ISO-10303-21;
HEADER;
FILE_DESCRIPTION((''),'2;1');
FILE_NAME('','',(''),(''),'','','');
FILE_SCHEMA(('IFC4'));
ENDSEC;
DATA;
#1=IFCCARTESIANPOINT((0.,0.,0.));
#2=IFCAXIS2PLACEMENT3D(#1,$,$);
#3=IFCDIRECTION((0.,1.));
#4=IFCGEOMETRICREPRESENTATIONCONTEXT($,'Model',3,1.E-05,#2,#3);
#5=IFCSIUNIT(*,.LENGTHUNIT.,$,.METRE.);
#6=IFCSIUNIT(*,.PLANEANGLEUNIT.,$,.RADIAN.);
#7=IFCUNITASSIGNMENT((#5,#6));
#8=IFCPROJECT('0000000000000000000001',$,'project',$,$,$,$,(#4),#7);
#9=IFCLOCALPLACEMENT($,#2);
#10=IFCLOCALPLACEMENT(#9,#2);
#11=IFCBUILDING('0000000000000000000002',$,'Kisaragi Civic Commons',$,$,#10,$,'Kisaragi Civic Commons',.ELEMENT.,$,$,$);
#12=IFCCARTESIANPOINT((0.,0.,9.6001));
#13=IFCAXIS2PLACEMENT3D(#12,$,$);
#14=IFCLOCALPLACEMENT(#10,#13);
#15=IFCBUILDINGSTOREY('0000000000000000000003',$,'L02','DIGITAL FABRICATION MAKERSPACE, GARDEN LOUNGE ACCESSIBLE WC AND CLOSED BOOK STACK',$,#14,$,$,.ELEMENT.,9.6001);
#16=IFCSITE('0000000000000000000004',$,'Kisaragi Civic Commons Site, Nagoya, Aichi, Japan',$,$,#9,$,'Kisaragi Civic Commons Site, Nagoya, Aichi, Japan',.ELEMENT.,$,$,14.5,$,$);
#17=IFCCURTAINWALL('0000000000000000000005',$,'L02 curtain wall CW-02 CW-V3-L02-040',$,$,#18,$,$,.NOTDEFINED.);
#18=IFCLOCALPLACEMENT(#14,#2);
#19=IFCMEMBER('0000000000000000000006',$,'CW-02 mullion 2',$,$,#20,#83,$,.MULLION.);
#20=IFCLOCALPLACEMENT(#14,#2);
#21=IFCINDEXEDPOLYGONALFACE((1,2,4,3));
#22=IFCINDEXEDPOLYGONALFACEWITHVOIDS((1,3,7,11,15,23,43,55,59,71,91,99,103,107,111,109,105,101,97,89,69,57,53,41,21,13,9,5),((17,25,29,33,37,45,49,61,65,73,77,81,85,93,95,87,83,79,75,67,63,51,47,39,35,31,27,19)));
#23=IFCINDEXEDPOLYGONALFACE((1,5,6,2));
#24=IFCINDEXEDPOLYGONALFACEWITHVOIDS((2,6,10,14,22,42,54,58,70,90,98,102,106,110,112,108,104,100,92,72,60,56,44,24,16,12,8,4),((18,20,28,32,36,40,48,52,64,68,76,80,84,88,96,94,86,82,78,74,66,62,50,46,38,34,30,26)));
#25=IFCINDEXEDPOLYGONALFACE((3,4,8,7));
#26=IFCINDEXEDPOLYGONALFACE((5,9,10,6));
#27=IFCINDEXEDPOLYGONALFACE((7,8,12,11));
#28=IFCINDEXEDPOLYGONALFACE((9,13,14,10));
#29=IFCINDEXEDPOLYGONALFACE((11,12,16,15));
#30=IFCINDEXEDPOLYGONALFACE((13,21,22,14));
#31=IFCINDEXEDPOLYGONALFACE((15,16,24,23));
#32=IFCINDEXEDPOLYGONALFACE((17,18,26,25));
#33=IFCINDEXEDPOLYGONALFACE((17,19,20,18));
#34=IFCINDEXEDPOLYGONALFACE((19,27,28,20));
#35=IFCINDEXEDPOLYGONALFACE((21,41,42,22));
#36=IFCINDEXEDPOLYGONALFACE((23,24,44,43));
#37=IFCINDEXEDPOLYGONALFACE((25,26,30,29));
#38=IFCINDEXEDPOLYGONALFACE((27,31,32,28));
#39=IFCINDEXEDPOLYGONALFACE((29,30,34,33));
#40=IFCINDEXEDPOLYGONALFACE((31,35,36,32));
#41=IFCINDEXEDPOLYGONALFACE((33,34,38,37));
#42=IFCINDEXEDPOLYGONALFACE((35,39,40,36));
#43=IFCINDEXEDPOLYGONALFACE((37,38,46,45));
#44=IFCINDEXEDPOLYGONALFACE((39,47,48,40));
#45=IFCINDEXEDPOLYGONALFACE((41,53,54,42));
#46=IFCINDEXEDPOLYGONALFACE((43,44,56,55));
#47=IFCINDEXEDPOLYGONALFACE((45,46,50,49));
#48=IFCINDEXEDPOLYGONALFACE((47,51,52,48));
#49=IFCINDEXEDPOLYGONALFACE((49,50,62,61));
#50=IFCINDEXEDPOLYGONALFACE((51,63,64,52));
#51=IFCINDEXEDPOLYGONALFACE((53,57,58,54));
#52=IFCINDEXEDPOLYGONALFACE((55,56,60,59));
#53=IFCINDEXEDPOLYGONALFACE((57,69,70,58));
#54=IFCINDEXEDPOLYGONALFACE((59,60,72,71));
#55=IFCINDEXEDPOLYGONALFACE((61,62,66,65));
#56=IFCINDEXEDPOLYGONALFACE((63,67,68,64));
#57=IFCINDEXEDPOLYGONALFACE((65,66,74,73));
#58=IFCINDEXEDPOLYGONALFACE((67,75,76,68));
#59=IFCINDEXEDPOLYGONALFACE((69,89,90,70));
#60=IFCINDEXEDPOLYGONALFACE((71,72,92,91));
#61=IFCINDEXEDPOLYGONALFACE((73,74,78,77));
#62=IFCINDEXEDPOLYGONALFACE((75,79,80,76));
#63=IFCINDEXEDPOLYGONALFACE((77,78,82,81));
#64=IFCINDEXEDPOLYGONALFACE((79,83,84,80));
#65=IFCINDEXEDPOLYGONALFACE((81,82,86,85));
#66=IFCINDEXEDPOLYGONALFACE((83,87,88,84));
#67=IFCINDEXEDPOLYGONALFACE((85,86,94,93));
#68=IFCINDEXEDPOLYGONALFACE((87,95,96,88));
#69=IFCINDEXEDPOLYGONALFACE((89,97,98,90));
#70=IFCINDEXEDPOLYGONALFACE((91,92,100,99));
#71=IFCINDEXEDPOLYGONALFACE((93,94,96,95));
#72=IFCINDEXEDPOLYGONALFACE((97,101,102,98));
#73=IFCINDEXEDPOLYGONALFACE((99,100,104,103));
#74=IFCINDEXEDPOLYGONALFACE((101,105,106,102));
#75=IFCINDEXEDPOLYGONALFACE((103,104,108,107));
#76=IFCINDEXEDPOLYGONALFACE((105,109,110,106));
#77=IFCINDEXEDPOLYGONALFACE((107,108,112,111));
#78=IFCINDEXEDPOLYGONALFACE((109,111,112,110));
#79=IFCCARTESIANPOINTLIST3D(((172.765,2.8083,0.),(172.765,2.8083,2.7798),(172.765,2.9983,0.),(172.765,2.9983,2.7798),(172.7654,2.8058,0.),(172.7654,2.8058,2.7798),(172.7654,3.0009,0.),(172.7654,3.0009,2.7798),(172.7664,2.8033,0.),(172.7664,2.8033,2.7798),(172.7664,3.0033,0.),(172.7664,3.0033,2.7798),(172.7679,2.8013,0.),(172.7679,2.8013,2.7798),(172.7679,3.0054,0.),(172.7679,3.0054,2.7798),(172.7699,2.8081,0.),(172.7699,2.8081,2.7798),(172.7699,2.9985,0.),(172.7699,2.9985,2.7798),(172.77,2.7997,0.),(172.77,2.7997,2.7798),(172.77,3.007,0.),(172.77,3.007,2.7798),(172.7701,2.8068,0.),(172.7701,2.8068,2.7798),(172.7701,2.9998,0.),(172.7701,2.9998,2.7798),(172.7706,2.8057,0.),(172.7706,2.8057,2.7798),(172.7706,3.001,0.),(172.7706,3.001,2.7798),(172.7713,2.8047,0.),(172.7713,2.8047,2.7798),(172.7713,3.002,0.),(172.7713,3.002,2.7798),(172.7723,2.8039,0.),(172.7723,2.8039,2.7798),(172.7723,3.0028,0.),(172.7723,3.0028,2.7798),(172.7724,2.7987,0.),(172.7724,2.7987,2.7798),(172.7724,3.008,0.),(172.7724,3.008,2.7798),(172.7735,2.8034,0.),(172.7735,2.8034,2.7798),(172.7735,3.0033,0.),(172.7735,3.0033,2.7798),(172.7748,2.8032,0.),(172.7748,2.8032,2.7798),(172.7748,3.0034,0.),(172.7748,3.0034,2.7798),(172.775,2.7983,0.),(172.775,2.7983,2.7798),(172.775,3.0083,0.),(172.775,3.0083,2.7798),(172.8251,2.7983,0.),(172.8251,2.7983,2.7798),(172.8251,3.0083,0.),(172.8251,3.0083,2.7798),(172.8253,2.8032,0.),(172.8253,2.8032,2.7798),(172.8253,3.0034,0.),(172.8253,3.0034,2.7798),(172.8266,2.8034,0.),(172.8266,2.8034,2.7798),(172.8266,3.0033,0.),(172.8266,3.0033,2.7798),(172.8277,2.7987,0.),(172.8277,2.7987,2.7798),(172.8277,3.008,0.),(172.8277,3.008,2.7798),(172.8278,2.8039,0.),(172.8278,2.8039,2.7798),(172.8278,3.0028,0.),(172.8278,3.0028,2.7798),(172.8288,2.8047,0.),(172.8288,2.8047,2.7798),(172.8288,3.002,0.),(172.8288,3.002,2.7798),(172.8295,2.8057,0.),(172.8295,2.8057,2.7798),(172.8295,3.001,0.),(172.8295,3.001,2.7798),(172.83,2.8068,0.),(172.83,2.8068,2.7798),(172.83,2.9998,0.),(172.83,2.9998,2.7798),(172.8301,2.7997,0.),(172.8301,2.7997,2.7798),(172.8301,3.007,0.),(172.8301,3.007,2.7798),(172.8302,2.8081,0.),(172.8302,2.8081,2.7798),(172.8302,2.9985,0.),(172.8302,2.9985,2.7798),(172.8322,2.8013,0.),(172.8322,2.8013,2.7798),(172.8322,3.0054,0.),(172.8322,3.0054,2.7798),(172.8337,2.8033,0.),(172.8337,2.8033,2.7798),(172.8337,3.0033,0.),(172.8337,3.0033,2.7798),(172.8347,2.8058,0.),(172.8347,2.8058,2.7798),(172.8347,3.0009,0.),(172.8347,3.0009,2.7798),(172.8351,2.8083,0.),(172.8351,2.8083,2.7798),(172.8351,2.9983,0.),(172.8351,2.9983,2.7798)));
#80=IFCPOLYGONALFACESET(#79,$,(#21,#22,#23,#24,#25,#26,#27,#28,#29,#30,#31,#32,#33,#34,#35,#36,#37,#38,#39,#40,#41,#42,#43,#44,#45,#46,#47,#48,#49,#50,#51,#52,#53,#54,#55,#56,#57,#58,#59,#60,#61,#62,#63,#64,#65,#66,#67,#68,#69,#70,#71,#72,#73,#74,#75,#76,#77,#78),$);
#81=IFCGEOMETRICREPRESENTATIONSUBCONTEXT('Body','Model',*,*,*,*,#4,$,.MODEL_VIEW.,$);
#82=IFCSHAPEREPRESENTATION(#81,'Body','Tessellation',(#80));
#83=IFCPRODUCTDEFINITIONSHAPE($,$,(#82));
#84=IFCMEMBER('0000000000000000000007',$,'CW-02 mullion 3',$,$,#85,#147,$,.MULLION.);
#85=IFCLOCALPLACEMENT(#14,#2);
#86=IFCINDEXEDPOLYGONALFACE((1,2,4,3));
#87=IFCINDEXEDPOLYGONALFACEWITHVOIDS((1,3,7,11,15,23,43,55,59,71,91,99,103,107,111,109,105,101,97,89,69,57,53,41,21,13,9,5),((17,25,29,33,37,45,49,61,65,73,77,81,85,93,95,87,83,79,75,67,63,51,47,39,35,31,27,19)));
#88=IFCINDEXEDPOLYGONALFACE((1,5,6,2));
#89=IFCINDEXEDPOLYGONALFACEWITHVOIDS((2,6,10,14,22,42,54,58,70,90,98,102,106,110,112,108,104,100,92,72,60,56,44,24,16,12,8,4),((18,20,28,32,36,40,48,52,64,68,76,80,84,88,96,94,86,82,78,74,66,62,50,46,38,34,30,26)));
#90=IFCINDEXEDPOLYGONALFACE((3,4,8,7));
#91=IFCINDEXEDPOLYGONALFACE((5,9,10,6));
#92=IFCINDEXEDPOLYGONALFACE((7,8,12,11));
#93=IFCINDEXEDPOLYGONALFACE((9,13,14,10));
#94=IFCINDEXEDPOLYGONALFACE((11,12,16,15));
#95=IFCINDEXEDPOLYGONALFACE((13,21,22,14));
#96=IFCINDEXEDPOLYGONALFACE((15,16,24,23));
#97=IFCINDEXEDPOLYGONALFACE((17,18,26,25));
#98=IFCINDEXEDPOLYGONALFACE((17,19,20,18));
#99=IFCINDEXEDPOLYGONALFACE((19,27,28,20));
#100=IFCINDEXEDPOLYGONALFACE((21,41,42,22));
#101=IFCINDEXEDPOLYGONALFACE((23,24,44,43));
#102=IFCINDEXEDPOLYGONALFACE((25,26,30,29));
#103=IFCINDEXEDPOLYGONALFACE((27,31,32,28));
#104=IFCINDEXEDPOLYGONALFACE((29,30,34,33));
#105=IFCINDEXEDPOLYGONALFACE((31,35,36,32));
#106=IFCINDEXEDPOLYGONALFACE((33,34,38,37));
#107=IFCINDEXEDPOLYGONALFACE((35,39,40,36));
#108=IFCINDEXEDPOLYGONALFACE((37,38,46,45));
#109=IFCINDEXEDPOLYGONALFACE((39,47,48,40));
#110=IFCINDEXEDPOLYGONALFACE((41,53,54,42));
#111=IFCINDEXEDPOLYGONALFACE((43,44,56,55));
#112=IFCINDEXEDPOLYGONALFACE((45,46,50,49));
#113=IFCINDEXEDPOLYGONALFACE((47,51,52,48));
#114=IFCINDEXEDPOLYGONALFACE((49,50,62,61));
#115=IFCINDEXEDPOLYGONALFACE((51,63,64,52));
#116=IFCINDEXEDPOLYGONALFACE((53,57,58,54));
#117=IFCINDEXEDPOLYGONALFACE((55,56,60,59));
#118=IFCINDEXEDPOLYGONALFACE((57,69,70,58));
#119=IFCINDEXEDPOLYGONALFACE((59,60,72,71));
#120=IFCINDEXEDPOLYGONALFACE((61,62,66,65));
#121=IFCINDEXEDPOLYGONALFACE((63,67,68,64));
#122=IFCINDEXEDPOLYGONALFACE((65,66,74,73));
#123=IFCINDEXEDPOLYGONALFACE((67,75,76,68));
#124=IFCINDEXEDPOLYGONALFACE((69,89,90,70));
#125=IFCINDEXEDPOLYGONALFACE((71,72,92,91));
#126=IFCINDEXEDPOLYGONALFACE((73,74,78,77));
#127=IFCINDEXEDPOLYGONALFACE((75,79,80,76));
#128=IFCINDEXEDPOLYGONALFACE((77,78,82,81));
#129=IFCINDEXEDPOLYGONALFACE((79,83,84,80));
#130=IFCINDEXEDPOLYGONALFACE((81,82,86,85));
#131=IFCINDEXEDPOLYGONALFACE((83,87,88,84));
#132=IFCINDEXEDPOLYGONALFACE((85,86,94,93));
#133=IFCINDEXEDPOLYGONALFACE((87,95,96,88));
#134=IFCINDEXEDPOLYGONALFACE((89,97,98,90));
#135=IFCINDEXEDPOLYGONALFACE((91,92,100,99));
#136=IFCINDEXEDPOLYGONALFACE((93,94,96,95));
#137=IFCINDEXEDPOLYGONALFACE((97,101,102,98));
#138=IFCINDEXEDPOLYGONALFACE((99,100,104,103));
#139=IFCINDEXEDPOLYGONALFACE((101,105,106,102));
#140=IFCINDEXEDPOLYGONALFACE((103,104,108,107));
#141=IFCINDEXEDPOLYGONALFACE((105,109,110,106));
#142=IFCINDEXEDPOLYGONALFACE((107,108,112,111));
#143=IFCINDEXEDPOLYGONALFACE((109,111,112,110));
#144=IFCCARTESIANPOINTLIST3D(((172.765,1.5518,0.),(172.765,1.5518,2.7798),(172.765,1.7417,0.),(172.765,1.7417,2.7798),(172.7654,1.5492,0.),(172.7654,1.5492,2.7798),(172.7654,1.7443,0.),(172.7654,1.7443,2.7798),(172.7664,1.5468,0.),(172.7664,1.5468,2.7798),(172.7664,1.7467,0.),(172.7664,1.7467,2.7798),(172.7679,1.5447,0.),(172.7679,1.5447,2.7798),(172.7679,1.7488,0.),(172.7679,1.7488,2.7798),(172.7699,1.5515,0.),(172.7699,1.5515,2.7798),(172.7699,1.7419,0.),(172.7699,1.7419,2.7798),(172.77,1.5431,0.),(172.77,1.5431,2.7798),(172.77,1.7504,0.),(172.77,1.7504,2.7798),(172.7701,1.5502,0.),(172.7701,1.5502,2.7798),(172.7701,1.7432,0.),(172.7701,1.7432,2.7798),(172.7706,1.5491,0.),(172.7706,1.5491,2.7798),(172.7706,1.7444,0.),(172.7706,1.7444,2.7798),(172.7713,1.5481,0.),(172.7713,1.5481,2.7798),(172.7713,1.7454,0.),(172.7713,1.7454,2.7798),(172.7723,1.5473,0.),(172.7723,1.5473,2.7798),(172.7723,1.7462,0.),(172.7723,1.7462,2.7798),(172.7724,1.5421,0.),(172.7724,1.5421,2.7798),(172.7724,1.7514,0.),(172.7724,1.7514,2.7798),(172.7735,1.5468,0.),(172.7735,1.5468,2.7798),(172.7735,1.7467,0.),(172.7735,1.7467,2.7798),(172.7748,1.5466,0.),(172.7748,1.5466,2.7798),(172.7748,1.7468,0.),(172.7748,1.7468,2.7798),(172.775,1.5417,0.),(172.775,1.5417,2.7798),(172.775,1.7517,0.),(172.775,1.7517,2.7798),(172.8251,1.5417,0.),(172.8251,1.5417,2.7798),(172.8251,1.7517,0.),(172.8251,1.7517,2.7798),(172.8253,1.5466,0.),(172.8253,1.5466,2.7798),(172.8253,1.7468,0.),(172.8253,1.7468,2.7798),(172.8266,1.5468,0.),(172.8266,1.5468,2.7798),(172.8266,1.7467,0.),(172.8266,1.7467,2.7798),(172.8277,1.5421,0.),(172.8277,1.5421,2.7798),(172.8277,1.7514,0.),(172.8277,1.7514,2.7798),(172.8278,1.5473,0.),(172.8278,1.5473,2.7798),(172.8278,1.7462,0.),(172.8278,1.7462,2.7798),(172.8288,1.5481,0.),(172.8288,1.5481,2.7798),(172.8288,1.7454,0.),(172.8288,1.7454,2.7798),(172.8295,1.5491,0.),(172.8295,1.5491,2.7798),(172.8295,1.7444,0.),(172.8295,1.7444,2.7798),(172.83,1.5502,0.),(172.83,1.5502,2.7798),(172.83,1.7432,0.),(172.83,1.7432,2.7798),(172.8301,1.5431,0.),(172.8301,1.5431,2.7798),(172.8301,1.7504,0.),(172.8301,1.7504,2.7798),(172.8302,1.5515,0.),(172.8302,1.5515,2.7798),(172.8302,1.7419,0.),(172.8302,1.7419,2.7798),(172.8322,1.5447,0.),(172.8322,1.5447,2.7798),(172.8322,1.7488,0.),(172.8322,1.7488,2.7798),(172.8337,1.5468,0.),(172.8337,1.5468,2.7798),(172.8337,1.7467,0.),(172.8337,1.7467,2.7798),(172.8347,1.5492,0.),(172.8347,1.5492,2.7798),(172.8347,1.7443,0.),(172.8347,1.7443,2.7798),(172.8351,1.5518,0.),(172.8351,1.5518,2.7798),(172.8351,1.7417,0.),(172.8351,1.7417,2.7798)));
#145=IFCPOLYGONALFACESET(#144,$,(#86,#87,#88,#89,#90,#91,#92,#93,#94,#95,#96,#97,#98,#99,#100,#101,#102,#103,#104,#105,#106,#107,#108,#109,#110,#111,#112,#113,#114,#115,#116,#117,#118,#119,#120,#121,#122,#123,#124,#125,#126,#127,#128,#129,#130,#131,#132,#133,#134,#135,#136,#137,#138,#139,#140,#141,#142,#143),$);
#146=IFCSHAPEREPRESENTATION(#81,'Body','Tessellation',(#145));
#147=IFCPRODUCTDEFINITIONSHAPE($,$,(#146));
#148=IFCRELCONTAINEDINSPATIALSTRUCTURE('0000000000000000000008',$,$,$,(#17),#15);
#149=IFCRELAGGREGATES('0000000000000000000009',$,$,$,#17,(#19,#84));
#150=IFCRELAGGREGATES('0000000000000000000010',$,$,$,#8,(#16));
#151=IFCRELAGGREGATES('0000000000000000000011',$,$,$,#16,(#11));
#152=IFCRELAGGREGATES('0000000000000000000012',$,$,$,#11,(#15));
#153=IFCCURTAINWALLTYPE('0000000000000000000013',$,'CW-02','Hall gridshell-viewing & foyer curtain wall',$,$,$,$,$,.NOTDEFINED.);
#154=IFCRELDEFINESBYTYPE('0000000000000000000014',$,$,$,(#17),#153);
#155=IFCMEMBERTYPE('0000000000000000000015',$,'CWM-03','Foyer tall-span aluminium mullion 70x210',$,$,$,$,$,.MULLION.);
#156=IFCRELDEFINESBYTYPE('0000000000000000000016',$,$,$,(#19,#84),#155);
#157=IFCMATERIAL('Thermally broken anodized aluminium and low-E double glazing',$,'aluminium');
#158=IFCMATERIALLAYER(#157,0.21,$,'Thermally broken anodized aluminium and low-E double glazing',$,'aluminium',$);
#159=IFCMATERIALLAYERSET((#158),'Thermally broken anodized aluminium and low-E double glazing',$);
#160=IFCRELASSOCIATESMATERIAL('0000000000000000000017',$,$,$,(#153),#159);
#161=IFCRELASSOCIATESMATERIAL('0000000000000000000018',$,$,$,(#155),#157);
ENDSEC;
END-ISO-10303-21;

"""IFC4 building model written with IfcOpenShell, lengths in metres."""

from ifc_helpers import new_model, si_unit, direction, frame, origin, origin_2d, place, context, subcontext, project, spatial, hollow_rectangle, extrude, material, layer, layer_set, material_profile, profile_set, type_object, element, aggregate, save


model = new_model("IFC4")

# Units and contexts
model_context = context("Model", 3, precision=1e-05, world=origin(), true_north=direction((0.0, 1.0)))
body_context = subcontext(model_context, "Body", "Model", "MODEL_VIEW")
ifc_project = project(units=[si_unit("LENGTHUNIT", "METRE"), si_unit("PLANEANGLEUNIT", "RADIAN")], contexts=[model_context])

# Site, building, storey
site_placement = place(None, origin())
site = spatial("IfcSite", under=ifc_project, at=site_placement, Name="Kisaragi Civic Commons Site, Nagoya, Aichi, Japan", LongName="Kisaragi Civic Commons Site, Nagoya, Aichi, Japan", CompositionType="ELEMENT", RefElevation=14.5)
building_placement = place(site_placement, origin())
building = spatial("IfcBuilding", under=site, at=building_placement, Name="Kisaragi Civic Commons", LongName="Kisaragi Civic Commons", CompositionType="ELEMENT")
storey_placement = place(building_placement, frame((0.0, 0.0, 9.6001)))
storey = spatial("IfcBuildingStorey", under=building, at=storey_placement, Name="L02", Description="DIGITAL FABRICATION MAKERSPACE, GARDEN LOUNGE ACCESSIBLE WC AND CLOSED BOOK STACK", CompositionType="ELEMENT", Elevation=9.6001)

# Shared definitions
ifc_material_1 = material(Name="Thermally broken anodized aluminium and low-E double glazing", Category="aluminium")
ifc_layer_1 = layer(ifc_material_1, 0.21, Name="Thermally broken anodized aluminium and low-E double glazing", Category="aluminium")
ifc_layer_set_1 = layer_set([ifc_layer_1], Name="Thermally broken anodized aluminium and low-E double glazing")
curtain_wall_type = type_object("IfcCurtainWallType", Name="CW-02", Description="Hall gridshell-viewing & foyer curtain wall", PredefinedType="NOTDEFINED", material=ifc_layer_set_1)
ifc_material_profile_1 = material_profile(ifc_material_1, hollow_rectangle(XDim=0.0701, YDim=0.21, WallThickness=0.0049, InnerFilletRadius=0.0049, OuterFilletRadius=0.01, at=origin_2d()), Name="CWM-70x210x5", Category="aluminium")
ifc_profile_set_1 = profile_set([ifc_material_profile_1], Name="Thermally broken anodized aluminium and low-E double glazing")
member_type_1 = type_object("IfcMemberType", Name="CWM-03", Description="Foyer tall-span aluminium mullion 70x210", PredefinedType="MULLION", material=ifc_profile_set_1)

# Curtain wall, members
curtain_wall_1_placement = place(storey_placement, origin())
curtain_wall_1 = element("IfcCurtainWall", 1, at=curtain_wall_1_placement, inside=storey, type_object=curtain_wall_type, Name="L02 curtain wall CW-02 CW-V3-L02-040", PredefinedType="NOTDEFINED")
member_1_placement = place(storey_placement, frame((172.8, 2.9033, 0.0), z_axis=(0.0, 0.0, 1.0), x_axis=(1.0, 0.0, 0.0)))
member_1 = element("IfcMember", 2, at=member_1_placement, type_object=member_type_1, Name="CW-02 mullion 2", PredefinedType="MULLION", context=body_context, shape_type="SweptSolid", body=[
    extrude(hollow_rectangle(XDim=0.0701, YDim=0.21, WallThickness=0.0049, InnerFilletRadius=0.0049, OuterFilletRadius=0.01, at=origin_2d()), origin(), (0.0, 0.0, 1.0), 2.7798),
])
member_2_placement = place(storey_placement, frame((172.8, 1.6467, 0.0), z_axis=(0.0, 0.0, 1.0), x_axis=(1.0, 0.0, 0.0)))
member_2 = element("IfcMember", 3, at=member_2_placement, type_object=member_type_1, Name="CW-02 mullion 3", PredefinedType="MULLION", context=body_context, shape_type="SweptSolid", body=[
    extrude(hollow_rectangle(XDim=0.0701, YDim=0.21, WallThickness=0.0049, InnerFilletRadius=0.0049, OuterFilletRadius=0.01, at=origin_2d()), origin(), (0.0, 0.0, 1.0), 2.7798),
])

aggregate(curtain_wall_1, [member_1, member_2])

save(model, "model.ifc")
